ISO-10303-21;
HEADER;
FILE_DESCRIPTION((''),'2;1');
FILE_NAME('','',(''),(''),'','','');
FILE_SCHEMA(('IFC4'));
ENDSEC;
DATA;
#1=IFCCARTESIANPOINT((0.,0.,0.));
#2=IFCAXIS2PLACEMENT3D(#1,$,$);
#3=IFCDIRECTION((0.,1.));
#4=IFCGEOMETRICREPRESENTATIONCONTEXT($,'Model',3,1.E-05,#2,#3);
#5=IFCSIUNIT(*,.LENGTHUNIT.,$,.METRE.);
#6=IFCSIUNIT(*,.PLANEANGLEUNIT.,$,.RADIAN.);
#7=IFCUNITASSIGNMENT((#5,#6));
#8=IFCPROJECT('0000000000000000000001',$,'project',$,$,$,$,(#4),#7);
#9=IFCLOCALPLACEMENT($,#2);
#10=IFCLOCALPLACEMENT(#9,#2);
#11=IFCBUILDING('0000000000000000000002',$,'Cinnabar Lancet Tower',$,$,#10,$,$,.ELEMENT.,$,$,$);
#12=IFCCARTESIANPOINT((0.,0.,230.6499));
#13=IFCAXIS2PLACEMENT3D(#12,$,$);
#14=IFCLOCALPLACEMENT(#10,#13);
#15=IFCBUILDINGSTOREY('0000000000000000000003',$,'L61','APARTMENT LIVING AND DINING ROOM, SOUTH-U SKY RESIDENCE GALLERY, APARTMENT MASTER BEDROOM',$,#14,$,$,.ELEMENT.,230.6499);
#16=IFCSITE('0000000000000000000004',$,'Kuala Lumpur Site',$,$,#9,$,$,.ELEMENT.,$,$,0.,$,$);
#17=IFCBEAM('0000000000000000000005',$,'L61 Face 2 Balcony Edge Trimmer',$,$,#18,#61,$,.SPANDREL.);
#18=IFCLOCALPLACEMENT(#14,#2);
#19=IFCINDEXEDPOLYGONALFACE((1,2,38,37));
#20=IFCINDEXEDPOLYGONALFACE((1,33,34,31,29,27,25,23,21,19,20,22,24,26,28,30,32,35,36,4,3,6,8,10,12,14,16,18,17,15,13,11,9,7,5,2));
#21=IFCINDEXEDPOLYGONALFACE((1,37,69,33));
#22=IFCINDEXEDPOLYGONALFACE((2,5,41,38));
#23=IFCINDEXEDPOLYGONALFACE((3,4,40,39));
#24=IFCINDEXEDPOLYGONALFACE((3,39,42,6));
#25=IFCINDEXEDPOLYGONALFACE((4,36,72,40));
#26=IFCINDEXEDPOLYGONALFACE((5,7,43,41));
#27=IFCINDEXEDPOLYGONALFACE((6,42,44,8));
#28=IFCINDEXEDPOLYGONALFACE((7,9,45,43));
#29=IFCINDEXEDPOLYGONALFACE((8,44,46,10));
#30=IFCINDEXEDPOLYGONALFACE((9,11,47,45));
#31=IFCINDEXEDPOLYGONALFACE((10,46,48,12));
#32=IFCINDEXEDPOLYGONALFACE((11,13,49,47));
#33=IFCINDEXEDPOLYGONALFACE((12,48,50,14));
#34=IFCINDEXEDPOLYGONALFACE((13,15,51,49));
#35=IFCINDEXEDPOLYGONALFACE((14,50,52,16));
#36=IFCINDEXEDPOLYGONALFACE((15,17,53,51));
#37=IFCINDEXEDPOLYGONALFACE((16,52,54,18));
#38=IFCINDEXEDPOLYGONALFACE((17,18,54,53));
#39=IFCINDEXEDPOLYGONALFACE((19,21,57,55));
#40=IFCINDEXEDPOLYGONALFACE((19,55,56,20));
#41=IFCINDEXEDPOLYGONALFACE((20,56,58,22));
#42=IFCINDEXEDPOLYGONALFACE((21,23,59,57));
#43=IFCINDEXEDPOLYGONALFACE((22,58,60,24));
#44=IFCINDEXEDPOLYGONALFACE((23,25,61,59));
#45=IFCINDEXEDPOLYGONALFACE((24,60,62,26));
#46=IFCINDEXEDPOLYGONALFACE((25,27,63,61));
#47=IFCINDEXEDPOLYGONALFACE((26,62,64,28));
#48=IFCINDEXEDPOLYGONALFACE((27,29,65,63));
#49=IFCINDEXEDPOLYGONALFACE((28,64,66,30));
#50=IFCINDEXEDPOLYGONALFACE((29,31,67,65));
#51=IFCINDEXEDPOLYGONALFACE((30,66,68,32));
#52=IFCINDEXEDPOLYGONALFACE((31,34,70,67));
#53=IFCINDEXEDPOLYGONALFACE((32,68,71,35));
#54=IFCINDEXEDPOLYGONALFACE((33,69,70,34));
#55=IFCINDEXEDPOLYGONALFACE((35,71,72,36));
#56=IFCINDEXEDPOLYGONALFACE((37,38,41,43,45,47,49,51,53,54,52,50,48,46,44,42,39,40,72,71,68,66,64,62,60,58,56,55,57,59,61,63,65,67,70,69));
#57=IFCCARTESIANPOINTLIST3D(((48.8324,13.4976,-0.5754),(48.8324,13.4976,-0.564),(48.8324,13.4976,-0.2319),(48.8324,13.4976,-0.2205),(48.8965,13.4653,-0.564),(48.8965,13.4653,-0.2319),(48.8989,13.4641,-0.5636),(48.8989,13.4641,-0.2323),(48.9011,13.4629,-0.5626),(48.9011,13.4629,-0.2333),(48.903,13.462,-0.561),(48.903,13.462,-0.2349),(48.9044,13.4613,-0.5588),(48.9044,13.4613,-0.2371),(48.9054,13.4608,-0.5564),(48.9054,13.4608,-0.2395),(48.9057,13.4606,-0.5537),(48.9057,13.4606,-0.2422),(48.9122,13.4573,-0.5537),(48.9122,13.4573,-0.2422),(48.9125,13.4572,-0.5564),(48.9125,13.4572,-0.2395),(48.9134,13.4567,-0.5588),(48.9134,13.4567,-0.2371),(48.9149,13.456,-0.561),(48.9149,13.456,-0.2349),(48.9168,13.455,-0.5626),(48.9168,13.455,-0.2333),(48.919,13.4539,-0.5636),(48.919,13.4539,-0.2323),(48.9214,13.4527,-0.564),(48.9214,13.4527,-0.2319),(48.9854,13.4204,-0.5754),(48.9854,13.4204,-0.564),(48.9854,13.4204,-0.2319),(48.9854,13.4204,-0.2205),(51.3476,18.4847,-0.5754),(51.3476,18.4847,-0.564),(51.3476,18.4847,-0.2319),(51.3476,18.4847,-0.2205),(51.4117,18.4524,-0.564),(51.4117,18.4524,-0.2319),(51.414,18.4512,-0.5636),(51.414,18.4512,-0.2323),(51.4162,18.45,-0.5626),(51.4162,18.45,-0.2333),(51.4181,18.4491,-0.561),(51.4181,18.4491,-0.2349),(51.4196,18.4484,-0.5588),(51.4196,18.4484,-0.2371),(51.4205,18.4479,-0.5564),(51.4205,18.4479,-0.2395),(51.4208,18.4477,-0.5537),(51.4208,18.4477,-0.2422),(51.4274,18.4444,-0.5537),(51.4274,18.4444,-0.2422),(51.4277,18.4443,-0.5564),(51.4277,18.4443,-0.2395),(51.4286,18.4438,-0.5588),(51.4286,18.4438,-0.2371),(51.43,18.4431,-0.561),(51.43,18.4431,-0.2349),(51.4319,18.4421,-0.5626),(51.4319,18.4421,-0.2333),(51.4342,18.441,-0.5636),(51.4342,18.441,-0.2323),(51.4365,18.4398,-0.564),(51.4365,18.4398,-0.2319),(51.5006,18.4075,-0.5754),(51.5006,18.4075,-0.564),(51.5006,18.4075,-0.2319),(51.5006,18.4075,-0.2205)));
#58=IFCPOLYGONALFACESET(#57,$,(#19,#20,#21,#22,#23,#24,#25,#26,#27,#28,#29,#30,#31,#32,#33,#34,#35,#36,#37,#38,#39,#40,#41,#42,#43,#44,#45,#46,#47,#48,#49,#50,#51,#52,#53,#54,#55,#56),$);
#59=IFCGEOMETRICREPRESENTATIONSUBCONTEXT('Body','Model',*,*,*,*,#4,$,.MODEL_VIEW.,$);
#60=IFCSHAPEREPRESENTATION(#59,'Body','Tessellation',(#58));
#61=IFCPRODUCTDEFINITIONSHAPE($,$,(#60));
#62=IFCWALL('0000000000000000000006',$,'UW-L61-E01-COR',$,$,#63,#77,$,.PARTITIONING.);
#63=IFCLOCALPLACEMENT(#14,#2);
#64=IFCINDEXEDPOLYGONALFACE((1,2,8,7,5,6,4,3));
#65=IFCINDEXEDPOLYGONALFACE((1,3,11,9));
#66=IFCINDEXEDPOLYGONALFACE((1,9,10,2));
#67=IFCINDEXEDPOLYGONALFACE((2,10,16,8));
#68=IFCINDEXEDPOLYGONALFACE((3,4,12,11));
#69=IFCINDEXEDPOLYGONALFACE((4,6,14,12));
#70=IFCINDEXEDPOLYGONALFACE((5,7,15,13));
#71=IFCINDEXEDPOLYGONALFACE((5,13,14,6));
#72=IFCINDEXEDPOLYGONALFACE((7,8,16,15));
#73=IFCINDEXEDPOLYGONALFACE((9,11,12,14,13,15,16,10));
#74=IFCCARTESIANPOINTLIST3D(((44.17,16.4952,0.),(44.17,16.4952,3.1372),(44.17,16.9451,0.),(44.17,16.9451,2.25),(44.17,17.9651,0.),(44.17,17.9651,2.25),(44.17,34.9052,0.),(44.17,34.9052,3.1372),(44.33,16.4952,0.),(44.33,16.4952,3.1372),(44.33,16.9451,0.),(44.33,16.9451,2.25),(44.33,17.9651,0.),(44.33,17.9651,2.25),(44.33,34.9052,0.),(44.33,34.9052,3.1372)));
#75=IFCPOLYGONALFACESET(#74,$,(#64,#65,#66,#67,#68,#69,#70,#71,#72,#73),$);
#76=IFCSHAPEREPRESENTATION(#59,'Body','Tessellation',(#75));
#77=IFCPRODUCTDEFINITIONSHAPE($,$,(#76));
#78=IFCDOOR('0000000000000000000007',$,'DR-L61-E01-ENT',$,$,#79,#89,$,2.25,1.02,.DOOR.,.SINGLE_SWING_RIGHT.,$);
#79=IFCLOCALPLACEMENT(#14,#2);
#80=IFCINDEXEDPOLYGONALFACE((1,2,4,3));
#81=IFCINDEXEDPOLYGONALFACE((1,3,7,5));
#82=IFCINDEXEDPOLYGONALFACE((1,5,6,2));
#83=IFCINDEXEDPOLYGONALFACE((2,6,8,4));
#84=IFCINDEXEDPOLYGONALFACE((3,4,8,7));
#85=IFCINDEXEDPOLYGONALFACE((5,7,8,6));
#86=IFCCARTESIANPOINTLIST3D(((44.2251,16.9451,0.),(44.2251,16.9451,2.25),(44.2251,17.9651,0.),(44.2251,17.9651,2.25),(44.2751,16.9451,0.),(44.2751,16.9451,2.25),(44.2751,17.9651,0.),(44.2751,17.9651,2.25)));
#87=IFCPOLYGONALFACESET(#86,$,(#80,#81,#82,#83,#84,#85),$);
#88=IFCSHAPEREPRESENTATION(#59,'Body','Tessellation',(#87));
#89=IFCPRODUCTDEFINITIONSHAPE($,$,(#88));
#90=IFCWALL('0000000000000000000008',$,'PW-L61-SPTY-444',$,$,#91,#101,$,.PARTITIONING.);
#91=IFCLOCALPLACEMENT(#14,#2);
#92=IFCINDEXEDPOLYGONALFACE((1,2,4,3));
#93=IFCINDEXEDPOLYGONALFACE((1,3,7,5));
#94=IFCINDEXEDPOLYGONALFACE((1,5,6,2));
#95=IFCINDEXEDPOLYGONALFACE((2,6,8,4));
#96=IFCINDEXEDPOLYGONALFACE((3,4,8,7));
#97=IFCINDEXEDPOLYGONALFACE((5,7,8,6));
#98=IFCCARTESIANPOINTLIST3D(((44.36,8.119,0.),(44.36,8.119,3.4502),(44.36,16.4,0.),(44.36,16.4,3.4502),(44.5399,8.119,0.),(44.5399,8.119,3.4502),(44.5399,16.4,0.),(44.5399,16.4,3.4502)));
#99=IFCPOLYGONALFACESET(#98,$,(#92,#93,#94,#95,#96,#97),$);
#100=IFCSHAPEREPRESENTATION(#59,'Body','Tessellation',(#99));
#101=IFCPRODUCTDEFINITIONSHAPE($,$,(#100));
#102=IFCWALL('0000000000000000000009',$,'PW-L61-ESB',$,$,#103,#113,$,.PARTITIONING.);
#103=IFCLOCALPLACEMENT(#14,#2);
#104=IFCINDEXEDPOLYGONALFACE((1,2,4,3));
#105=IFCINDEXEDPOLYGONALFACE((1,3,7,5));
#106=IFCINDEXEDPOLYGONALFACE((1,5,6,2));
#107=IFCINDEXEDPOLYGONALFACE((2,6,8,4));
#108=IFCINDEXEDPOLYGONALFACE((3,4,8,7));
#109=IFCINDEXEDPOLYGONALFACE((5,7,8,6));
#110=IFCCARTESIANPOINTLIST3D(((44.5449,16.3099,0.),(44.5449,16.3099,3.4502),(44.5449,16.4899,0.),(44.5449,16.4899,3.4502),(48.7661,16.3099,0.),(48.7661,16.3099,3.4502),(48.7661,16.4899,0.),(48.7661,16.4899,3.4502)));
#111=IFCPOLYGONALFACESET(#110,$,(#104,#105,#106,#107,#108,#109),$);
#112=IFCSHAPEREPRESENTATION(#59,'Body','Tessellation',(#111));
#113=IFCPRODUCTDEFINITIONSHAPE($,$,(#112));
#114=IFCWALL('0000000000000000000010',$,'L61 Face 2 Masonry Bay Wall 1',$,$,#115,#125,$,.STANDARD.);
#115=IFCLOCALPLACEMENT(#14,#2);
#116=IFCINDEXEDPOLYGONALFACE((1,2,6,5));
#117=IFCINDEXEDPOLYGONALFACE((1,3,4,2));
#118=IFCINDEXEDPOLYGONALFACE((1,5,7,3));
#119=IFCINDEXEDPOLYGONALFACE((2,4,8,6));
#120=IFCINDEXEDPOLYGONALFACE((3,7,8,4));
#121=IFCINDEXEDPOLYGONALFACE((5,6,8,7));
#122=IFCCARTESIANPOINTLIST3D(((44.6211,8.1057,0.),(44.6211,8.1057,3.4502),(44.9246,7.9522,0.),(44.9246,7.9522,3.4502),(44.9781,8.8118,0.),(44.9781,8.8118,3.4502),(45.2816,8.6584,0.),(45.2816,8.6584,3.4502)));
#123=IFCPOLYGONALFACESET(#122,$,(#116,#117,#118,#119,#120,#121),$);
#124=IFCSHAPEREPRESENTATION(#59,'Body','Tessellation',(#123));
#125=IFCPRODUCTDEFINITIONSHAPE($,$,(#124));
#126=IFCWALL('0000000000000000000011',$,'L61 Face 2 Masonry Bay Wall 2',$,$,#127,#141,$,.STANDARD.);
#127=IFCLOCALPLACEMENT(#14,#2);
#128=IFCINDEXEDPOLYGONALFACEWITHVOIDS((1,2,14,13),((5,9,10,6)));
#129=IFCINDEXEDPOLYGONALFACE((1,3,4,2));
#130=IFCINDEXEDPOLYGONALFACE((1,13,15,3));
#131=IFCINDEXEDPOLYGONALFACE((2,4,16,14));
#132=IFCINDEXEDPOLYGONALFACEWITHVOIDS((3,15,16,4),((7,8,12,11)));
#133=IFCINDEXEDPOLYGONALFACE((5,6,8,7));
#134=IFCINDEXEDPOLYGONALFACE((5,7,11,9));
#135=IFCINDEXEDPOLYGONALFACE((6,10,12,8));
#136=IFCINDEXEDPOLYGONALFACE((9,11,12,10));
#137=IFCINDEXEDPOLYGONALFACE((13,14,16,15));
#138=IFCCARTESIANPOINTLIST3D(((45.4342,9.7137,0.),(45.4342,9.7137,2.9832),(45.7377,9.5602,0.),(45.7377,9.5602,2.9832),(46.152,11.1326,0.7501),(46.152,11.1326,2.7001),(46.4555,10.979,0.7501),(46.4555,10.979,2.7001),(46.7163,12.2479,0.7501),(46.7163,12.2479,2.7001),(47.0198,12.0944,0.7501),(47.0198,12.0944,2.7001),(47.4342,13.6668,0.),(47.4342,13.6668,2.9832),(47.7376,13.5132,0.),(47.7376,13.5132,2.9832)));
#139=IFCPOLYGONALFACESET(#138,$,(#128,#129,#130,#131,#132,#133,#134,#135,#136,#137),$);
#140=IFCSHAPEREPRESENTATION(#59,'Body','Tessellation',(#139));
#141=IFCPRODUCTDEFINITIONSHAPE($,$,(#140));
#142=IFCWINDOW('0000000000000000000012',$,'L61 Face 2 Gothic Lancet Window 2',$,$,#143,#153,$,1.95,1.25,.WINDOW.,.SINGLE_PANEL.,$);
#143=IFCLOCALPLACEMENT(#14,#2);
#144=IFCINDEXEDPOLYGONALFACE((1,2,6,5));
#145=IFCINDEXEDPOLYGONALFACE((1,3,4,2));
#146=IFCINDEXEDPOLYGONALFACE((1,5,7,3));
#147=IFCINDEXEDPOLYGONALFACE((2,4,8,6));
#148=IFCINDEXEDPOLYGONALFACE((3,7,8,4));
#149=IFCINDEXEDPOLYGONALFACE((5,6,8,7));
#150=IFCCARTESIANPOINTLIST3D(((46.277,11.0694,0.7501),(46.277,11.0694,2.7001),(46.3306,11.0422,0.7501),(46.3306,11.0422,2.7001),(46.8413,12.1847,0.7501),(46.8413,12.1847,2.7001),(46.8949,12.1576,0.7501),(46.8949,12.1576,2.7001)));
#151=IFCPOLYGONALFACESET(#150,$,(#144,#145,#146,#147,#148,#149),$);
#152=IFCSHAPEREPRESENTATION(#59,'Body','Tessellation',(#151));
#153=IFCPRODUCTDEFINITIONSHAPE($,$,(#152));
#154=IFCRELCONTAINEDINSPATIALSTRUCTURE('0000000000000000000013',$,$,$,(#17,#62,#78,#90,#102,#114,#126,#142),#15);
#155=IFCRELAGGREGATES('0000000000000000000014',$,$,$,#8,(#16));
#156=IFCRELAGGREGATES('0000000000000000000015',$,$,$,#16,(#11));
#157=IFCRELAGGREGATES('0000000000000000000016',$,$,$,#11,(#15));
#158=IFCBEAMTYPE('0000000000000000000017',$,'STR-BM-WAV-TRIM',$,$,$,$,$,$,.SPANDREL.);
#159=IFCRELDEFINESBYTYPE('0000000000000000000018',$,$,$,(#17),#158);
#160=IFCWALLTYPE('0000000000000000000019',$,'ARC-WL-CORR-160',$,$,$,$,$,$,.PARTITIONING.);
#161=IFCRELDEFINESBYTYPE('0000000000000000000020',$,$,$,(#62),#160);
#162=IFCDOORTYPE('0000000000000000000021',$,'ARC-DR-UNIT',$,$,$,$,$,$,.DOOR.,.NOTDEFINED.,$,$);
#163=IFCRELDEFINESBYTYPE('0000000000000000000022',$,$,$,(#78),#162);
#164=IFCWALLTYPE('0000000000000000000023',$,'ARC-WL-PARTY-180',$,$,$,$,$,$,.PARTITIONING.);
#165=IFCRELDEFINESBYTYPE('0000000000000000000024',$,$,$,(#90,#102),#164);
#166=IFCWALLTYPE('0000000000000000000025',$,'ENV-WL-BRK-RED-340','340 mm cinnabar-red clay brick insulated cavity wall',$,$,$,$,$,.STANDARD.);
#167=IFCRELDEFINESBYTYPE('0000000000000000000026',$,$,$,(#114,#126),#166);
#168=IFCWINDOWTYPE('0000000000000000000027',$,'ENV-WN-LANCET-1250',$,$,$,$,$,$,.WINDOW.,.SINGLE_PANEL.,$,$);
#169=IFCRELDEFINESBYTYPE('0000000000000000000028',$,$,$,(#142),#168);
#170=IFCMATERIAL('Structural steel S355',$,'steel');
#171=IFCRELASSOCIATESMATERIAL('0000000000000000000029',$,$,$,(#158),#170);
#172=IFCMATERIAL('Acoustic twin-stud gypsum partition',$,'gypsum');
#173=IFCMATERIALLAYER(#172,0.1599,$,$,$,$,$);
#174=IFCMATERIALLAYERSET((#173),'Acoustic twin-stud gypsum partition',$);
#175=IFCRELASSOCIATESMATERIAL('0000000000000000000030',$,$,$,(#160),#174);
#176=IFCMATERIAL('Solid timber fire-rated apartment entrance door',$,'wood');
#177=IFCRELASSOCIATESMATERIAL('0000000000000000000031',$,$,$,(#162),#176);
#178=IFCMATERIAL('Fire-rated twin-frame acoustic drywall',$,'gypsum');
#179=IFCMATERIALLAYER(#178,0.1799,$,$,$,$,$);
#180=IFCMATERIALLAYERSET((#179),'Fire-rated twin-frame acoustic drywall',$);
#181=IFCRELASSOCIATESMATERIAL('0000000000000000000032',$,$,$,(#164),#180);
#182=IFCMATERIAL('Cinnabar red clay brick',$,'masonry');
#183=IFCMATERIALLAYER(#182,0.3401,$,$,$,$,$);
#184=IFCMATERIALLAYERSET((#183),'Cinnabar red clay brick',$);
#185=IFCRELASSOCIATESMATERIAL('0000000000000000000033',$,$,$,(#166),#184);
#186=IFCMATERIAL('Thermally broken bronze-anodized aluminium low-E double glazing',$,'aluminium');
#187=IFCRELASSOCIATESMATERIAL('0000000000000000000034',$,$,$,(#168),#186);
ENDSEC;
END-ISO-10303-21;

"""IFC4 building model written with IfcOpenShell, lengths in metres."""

from ifc_helpers import new_model, si_unit, direction, frame, frame_2d, origin, origin_2d, place, context, subcontext, project, spatial, rectangle, i_section, extrude, material, layer, layer_set, material_profile, profile_set, type_object, element, fill, save


model = new_model("IFC4")

# Units and contexts
model_context = context("Model", 3, precision=1e-05, world=origin(), true_north=direction((0.0, 1.0)))
body_context = subcontext(model_context, "Body", "Model", "MODEL_VIEW")
ifc_project = project(units=[si_unit("LENGTHUNIT", "METRE"), si_unit("PLANEANGLEUNIT", "RADIAN")], contexts=[model_context])

# Site, building, storey
site_placement = place(None, origin())
site = spatial("IfcSite", under=ifc_project, at=site_placement, Name="Kuala Lumpur Site", CompositionType="ELEMENT", RefElevation=0.0)
building_placement = place(site_placement, origin())
building = spatial("IfcBuilding", under=site, at=building_placement, Name="Cinnabar Lancet Tower", CompositionType="ELEMENT")
storey_placement = place(building_placement, frame((0.0, 0.0, 230.6499)))
storey = spatial("IfcBuildingStorey", under=building, at=storey_placement, Name="L61", Description="APARTMENT LIVING AND DINING ROOM, SOUTH-U SKY RESIDENCE GALLERY, APARTMENT MASTER BEDROOM", CompositionType="ELEMENT", Elevation=230.6499)

# Beam
ifc_material_1 = material(Name="Structural steel S355", Category="steel")
ifc_material_profile_1 = material_profile(ifc_material_1, i_section(OverallWidth=0.1714, OverallDepth=0.355, WebThickness=0.0073, FlangeThickness=0.0115, FilletRadius=0.0103, at=origin_2d()), Name="UKB 356x171x51")
ifc_profile_set_1 = profile_set([ifc_material_profile_1], Name="Structural steel S355")
beam_type_1 = type_object("IfcBeamType", Name="STR-BM-WAV-TRIM", PredefinedType="SPANDREL", material=ifc_profile_set_1)
beam_1_placement = place(storey_placement, frame((48.9089, 13.459, -0.3979), z_axis=(0.450306, 0.892874, 0.0), x_axis=(-0.892874, 0.450306, 0.0)))
element("IfcBeam", 1, at=beam_1_placement, inside=storey, type_object=beam_type_1, Name="L61 Face 2 Balcony Edge Trimmer", PredefinedType="SPANDREL", context=body_context, shape_type="SweptSolid", body=[
    extrude(i_section(OverallWidth=0.1714, OverallDepth=0.355, WebThickness=0.0073, FlangeThickness=0.0115, FilletRadius=0.0103, at=origin_2d()), origin(), (0.0, 0.0, 1.0), 5.5854),
])

# Wall, opening, door
ifc_material_2 = material(Name="Acoustic twin-stud gypsum partition", Category="gypsum")
ifc_layer_1 = layer(ifc_material_2, 0.1599)
ifc_layer_set_1 = layer_set([ifc_layer_1], Name="Acoustic twin-stud gypsum partition")
wall_type_1 = type_object("IfcWallType", Name="ARC-WL-CORR-160", PredefinedType="PARTITIONING", material=ifc_layer_set_1)
wall_1_placement = place(storey_placement, frame((44.25, 16.4951, 0.0), z_axis=(0.0, 0.0, 1.0), x_axis=(0.0, 1.0, 0.0)))
wall_1 = element("IfcWall", 2, at=wall_1_placement, inside=storey, type_object=wall_type_1, Name="UW-L61-E01-COR", PredefinedType="PARTITIONING", context=body_context, shape_type="SweptSolid", body=[
    extrude(rectangle(XDim=18.4099, YDim=0.1599, at=frame_2d((9.2051, 0.0))), origin(), (0.0, 0.0, 1.0), 3.1372),
])
opening_1_placement = place(wall_1_placement, frame((0.45, 0.0, 0.0)))
opening_1 = element("IfcOpeningElement", 3, at=opening_1_placement, cuts=wall_1, PredefinedType="OPENING", context=body_context, shape_type="SweptSolid", body=[
    extrude(rectangle(XDim=1.02, YDim=2.25, at=frame_2d((0.51, 1.125))), frame((0.0, 0.0898, 0.0), z_axis=(0.0, -1.0, 0.0), x_axis=(1.0, 0.0, 0.0)), (0.0, 0.0, 1.0), 0.1799),
])
ifc_material_3 = material(Name="Solid timber fire-rated apartment entrance door", Category="wood")
door_type_1 = type_object("IfcDoorType", Name="ARC-DR-UNIT", OperationType="NOTDEFINED", PredefinedType="DOOR", material=ifc_material_3)
door_1_placement = place(opening_1_placement, origin())
door_1 = element("IfcDoor", 4, at=door_1_placement, inside=storey, type_object=door_type_1, Name="DR-L61-E01-ENT", OperationType="SINGLE_SWING_RIGHT", OverallHeight=2.25, OverallWidth=1.02, PredefinedType="DOOR", context=body_context, shape_type="SweptSolid", body=[
    extrude(rectangle(XDim=1.02, YDim=2.25, at=frame_2d((0.51, 1.125))), frame((0.0, 0.0249, 0.0), z_axis=(0.0, -1.0, 0.0), x_axis=(1.0, 0.0, 0.0)), (0.0, 0.0, 1.0), 0.05),
])
fill(opening_1, door_1)

# Walls
ifc_material_4 = material(Name="Fire-rated twin-frame acoustic drywall", Category="gypsum")
ifc_layer_2 = layer(ifc_material_4, 0.1799)
ifc_layer_set_2 = layer_set([ifc_layer_2], Name="Fire-rated twin-frame acoustic drywall")
wall_type_2 = type_object("IfcWallType", Name="ARC-WL-PARTY-180", PredefinedType="PARTITIONING", material=ifc_layer_set_2)
wall_2_placement = place(storey_placement, frame((44.45, 8.1189, 0.0), z_axis=(0.0, 0.0, 1.0), x_axis=(0.0, 1.0, 0.0)))
element("IfcWall", 5, at=wall_2_placement, inside=storey, type_object=wall_type_2, Name="PW-L61-SPTY-444", PredefinedType="PARTITIONING", context=body_context, shape_type="SweptSolid", body=[
    extrude(rectangle(XDim=8.281, YDim=0.1799, at=frame_2d((4.1406, 0.0))), origin(), (0.0, 0.0, 1.0), 3.4502),
])
wall_3_placement = place(storey_placement, frame((44.5449, 16.3999, 0.0), z_axis=(0.0, 0.0, 1.0), x_axis=(1.0, 0.0, 0.0)))
element("IfcWall", 6, at=wall_3_placement, inside=storey, type_object=wall_type_2, Name="PW-L61-ESB", PredefinedType="PARTITIONING", context=body_context, shape_type="SweptSolid", body=[
    extrude(rectangle(XDim=4.2212, YDim=0.1799, at=frame_2d((2.1106, 0.0))), origin(), (0.0, 0.0, 1.0), 3.4502),
])
ifc_material_5 = material(Name="Cinnabar red clay brick", Category="masonry")
ifc_layer_3 = layer(ifc_material_5, 0.3401)
ifc_layer_set_3 = layer_set([ifc_layer_3], Name="Cinnabar red clay brick")
wall_type_3 = type_object("IfcWallType", Name="ENV-WL-BRK-RED-340", Description="340 mm cinnabar-red clay brick insulated cavity wall", PredefinedType="STANDARD", material=ifc_layer_set_3)
wall_4_placement = place(storey_placement, frame((44.7729, 8.0291, 0.0), z_axis=(0.0, 0.0, 1.0), x_axis=(0.451159, 0.892443, 0.0)))
element("IfcWall", 7, at=wall_4_placement, inside=storey, type_object=wall_type_3, Name="L61 Face 2 Masonry Bay Wall 1", PredefinedType="STANDARD", context=body_context, shape_type="SweptSolid", body=[
    extrude(rectangle(XDim=0.7913, YDim=0.3401, at=frame_2d((0.3955, 0.0))), origin(), (0.0, 0.0, 1.0), 3.4502),
])

# Wall, opening, window
wall_5_placement = place(storey_placement, frame((45.5859, 9.637, 0.0), z_axis=(0.0, 0.0, 1.0), x_axis=(0.451441, 0.892301, 0.0)))
wall_5 = element("IfcWall", 8, at=wall_5_placement, inside=storey, type_object=wall_type_3, Name="L61 Face 2 Masonry Bay Wall 2", PredefinedType="STANDARD", context=body_context, shape_type="SweptSolid", body=[
    extrude(rectangle(XDim=4.4302, YDim=0.3401, at=frame_2d((2.2151, 0.0))), origin(), (0.0, 0.0, 1.0), 2.9832),
])
opening_2_placement = place(wall_5_placement, frame((1.5901, 0.0, 0.75)))
opening_2 = element("IfcOpeningElement", 9, at=opening_2_placement, cuts=wall_5, PredefinedType="OPENING", context=body_context, shape_type="SweptSolid", body=[
    extrude(rectangle(XDim=1.25, YDim=1.95, at=frame_2d((0.625, 0.9751))), frame((0.0, 0.1799, 0.0), z_axis=(0.0, -1.0, 0.0), x_axis=(1.0, 0.0, 0.0)), (0.0, 0.0, 1.0), 0.3601),
])
ifc_material_6 = material(Name="Thermally broken bronze-anodized aluminium low-E double glazing", Category="aluminium")
window_type_1 = type_object("IfcWindowType", Name="ENV-WN-LANCET-1250", PartitioningType="SINGLE_PANEL", PredefinedType="WINDOW", material=ifc_material_6)
window_1_placement = place(opening_2_placement, origin())
window_1 = element("IfcWindow", 10, at=window_1_placement, inside=storey, type_object=window_type_1, Name="L61 Face 2 Gothic Lancet Window 2", OverallHeight=1.95, OverallWidth=1.25, PartitioningType="SINGLE_PANEL", PredefinedType="WINDOW", context=body_context, shape_type="SweptSolid", body=[
    extrude(rectangle(XDim=1.25, YDim=1.95, at=frame_2d((0.625, 0.9751))), frame((0.0, 0.03, 0.0), z_axis=(0.0, -1.0, 0.0), x_axis=(1.0, 0.0, 0.0)), (0.0, 0.0, 1.0), 0.0601),
])
fill(opening_2, window_1)

save(model, "model.ifc")
